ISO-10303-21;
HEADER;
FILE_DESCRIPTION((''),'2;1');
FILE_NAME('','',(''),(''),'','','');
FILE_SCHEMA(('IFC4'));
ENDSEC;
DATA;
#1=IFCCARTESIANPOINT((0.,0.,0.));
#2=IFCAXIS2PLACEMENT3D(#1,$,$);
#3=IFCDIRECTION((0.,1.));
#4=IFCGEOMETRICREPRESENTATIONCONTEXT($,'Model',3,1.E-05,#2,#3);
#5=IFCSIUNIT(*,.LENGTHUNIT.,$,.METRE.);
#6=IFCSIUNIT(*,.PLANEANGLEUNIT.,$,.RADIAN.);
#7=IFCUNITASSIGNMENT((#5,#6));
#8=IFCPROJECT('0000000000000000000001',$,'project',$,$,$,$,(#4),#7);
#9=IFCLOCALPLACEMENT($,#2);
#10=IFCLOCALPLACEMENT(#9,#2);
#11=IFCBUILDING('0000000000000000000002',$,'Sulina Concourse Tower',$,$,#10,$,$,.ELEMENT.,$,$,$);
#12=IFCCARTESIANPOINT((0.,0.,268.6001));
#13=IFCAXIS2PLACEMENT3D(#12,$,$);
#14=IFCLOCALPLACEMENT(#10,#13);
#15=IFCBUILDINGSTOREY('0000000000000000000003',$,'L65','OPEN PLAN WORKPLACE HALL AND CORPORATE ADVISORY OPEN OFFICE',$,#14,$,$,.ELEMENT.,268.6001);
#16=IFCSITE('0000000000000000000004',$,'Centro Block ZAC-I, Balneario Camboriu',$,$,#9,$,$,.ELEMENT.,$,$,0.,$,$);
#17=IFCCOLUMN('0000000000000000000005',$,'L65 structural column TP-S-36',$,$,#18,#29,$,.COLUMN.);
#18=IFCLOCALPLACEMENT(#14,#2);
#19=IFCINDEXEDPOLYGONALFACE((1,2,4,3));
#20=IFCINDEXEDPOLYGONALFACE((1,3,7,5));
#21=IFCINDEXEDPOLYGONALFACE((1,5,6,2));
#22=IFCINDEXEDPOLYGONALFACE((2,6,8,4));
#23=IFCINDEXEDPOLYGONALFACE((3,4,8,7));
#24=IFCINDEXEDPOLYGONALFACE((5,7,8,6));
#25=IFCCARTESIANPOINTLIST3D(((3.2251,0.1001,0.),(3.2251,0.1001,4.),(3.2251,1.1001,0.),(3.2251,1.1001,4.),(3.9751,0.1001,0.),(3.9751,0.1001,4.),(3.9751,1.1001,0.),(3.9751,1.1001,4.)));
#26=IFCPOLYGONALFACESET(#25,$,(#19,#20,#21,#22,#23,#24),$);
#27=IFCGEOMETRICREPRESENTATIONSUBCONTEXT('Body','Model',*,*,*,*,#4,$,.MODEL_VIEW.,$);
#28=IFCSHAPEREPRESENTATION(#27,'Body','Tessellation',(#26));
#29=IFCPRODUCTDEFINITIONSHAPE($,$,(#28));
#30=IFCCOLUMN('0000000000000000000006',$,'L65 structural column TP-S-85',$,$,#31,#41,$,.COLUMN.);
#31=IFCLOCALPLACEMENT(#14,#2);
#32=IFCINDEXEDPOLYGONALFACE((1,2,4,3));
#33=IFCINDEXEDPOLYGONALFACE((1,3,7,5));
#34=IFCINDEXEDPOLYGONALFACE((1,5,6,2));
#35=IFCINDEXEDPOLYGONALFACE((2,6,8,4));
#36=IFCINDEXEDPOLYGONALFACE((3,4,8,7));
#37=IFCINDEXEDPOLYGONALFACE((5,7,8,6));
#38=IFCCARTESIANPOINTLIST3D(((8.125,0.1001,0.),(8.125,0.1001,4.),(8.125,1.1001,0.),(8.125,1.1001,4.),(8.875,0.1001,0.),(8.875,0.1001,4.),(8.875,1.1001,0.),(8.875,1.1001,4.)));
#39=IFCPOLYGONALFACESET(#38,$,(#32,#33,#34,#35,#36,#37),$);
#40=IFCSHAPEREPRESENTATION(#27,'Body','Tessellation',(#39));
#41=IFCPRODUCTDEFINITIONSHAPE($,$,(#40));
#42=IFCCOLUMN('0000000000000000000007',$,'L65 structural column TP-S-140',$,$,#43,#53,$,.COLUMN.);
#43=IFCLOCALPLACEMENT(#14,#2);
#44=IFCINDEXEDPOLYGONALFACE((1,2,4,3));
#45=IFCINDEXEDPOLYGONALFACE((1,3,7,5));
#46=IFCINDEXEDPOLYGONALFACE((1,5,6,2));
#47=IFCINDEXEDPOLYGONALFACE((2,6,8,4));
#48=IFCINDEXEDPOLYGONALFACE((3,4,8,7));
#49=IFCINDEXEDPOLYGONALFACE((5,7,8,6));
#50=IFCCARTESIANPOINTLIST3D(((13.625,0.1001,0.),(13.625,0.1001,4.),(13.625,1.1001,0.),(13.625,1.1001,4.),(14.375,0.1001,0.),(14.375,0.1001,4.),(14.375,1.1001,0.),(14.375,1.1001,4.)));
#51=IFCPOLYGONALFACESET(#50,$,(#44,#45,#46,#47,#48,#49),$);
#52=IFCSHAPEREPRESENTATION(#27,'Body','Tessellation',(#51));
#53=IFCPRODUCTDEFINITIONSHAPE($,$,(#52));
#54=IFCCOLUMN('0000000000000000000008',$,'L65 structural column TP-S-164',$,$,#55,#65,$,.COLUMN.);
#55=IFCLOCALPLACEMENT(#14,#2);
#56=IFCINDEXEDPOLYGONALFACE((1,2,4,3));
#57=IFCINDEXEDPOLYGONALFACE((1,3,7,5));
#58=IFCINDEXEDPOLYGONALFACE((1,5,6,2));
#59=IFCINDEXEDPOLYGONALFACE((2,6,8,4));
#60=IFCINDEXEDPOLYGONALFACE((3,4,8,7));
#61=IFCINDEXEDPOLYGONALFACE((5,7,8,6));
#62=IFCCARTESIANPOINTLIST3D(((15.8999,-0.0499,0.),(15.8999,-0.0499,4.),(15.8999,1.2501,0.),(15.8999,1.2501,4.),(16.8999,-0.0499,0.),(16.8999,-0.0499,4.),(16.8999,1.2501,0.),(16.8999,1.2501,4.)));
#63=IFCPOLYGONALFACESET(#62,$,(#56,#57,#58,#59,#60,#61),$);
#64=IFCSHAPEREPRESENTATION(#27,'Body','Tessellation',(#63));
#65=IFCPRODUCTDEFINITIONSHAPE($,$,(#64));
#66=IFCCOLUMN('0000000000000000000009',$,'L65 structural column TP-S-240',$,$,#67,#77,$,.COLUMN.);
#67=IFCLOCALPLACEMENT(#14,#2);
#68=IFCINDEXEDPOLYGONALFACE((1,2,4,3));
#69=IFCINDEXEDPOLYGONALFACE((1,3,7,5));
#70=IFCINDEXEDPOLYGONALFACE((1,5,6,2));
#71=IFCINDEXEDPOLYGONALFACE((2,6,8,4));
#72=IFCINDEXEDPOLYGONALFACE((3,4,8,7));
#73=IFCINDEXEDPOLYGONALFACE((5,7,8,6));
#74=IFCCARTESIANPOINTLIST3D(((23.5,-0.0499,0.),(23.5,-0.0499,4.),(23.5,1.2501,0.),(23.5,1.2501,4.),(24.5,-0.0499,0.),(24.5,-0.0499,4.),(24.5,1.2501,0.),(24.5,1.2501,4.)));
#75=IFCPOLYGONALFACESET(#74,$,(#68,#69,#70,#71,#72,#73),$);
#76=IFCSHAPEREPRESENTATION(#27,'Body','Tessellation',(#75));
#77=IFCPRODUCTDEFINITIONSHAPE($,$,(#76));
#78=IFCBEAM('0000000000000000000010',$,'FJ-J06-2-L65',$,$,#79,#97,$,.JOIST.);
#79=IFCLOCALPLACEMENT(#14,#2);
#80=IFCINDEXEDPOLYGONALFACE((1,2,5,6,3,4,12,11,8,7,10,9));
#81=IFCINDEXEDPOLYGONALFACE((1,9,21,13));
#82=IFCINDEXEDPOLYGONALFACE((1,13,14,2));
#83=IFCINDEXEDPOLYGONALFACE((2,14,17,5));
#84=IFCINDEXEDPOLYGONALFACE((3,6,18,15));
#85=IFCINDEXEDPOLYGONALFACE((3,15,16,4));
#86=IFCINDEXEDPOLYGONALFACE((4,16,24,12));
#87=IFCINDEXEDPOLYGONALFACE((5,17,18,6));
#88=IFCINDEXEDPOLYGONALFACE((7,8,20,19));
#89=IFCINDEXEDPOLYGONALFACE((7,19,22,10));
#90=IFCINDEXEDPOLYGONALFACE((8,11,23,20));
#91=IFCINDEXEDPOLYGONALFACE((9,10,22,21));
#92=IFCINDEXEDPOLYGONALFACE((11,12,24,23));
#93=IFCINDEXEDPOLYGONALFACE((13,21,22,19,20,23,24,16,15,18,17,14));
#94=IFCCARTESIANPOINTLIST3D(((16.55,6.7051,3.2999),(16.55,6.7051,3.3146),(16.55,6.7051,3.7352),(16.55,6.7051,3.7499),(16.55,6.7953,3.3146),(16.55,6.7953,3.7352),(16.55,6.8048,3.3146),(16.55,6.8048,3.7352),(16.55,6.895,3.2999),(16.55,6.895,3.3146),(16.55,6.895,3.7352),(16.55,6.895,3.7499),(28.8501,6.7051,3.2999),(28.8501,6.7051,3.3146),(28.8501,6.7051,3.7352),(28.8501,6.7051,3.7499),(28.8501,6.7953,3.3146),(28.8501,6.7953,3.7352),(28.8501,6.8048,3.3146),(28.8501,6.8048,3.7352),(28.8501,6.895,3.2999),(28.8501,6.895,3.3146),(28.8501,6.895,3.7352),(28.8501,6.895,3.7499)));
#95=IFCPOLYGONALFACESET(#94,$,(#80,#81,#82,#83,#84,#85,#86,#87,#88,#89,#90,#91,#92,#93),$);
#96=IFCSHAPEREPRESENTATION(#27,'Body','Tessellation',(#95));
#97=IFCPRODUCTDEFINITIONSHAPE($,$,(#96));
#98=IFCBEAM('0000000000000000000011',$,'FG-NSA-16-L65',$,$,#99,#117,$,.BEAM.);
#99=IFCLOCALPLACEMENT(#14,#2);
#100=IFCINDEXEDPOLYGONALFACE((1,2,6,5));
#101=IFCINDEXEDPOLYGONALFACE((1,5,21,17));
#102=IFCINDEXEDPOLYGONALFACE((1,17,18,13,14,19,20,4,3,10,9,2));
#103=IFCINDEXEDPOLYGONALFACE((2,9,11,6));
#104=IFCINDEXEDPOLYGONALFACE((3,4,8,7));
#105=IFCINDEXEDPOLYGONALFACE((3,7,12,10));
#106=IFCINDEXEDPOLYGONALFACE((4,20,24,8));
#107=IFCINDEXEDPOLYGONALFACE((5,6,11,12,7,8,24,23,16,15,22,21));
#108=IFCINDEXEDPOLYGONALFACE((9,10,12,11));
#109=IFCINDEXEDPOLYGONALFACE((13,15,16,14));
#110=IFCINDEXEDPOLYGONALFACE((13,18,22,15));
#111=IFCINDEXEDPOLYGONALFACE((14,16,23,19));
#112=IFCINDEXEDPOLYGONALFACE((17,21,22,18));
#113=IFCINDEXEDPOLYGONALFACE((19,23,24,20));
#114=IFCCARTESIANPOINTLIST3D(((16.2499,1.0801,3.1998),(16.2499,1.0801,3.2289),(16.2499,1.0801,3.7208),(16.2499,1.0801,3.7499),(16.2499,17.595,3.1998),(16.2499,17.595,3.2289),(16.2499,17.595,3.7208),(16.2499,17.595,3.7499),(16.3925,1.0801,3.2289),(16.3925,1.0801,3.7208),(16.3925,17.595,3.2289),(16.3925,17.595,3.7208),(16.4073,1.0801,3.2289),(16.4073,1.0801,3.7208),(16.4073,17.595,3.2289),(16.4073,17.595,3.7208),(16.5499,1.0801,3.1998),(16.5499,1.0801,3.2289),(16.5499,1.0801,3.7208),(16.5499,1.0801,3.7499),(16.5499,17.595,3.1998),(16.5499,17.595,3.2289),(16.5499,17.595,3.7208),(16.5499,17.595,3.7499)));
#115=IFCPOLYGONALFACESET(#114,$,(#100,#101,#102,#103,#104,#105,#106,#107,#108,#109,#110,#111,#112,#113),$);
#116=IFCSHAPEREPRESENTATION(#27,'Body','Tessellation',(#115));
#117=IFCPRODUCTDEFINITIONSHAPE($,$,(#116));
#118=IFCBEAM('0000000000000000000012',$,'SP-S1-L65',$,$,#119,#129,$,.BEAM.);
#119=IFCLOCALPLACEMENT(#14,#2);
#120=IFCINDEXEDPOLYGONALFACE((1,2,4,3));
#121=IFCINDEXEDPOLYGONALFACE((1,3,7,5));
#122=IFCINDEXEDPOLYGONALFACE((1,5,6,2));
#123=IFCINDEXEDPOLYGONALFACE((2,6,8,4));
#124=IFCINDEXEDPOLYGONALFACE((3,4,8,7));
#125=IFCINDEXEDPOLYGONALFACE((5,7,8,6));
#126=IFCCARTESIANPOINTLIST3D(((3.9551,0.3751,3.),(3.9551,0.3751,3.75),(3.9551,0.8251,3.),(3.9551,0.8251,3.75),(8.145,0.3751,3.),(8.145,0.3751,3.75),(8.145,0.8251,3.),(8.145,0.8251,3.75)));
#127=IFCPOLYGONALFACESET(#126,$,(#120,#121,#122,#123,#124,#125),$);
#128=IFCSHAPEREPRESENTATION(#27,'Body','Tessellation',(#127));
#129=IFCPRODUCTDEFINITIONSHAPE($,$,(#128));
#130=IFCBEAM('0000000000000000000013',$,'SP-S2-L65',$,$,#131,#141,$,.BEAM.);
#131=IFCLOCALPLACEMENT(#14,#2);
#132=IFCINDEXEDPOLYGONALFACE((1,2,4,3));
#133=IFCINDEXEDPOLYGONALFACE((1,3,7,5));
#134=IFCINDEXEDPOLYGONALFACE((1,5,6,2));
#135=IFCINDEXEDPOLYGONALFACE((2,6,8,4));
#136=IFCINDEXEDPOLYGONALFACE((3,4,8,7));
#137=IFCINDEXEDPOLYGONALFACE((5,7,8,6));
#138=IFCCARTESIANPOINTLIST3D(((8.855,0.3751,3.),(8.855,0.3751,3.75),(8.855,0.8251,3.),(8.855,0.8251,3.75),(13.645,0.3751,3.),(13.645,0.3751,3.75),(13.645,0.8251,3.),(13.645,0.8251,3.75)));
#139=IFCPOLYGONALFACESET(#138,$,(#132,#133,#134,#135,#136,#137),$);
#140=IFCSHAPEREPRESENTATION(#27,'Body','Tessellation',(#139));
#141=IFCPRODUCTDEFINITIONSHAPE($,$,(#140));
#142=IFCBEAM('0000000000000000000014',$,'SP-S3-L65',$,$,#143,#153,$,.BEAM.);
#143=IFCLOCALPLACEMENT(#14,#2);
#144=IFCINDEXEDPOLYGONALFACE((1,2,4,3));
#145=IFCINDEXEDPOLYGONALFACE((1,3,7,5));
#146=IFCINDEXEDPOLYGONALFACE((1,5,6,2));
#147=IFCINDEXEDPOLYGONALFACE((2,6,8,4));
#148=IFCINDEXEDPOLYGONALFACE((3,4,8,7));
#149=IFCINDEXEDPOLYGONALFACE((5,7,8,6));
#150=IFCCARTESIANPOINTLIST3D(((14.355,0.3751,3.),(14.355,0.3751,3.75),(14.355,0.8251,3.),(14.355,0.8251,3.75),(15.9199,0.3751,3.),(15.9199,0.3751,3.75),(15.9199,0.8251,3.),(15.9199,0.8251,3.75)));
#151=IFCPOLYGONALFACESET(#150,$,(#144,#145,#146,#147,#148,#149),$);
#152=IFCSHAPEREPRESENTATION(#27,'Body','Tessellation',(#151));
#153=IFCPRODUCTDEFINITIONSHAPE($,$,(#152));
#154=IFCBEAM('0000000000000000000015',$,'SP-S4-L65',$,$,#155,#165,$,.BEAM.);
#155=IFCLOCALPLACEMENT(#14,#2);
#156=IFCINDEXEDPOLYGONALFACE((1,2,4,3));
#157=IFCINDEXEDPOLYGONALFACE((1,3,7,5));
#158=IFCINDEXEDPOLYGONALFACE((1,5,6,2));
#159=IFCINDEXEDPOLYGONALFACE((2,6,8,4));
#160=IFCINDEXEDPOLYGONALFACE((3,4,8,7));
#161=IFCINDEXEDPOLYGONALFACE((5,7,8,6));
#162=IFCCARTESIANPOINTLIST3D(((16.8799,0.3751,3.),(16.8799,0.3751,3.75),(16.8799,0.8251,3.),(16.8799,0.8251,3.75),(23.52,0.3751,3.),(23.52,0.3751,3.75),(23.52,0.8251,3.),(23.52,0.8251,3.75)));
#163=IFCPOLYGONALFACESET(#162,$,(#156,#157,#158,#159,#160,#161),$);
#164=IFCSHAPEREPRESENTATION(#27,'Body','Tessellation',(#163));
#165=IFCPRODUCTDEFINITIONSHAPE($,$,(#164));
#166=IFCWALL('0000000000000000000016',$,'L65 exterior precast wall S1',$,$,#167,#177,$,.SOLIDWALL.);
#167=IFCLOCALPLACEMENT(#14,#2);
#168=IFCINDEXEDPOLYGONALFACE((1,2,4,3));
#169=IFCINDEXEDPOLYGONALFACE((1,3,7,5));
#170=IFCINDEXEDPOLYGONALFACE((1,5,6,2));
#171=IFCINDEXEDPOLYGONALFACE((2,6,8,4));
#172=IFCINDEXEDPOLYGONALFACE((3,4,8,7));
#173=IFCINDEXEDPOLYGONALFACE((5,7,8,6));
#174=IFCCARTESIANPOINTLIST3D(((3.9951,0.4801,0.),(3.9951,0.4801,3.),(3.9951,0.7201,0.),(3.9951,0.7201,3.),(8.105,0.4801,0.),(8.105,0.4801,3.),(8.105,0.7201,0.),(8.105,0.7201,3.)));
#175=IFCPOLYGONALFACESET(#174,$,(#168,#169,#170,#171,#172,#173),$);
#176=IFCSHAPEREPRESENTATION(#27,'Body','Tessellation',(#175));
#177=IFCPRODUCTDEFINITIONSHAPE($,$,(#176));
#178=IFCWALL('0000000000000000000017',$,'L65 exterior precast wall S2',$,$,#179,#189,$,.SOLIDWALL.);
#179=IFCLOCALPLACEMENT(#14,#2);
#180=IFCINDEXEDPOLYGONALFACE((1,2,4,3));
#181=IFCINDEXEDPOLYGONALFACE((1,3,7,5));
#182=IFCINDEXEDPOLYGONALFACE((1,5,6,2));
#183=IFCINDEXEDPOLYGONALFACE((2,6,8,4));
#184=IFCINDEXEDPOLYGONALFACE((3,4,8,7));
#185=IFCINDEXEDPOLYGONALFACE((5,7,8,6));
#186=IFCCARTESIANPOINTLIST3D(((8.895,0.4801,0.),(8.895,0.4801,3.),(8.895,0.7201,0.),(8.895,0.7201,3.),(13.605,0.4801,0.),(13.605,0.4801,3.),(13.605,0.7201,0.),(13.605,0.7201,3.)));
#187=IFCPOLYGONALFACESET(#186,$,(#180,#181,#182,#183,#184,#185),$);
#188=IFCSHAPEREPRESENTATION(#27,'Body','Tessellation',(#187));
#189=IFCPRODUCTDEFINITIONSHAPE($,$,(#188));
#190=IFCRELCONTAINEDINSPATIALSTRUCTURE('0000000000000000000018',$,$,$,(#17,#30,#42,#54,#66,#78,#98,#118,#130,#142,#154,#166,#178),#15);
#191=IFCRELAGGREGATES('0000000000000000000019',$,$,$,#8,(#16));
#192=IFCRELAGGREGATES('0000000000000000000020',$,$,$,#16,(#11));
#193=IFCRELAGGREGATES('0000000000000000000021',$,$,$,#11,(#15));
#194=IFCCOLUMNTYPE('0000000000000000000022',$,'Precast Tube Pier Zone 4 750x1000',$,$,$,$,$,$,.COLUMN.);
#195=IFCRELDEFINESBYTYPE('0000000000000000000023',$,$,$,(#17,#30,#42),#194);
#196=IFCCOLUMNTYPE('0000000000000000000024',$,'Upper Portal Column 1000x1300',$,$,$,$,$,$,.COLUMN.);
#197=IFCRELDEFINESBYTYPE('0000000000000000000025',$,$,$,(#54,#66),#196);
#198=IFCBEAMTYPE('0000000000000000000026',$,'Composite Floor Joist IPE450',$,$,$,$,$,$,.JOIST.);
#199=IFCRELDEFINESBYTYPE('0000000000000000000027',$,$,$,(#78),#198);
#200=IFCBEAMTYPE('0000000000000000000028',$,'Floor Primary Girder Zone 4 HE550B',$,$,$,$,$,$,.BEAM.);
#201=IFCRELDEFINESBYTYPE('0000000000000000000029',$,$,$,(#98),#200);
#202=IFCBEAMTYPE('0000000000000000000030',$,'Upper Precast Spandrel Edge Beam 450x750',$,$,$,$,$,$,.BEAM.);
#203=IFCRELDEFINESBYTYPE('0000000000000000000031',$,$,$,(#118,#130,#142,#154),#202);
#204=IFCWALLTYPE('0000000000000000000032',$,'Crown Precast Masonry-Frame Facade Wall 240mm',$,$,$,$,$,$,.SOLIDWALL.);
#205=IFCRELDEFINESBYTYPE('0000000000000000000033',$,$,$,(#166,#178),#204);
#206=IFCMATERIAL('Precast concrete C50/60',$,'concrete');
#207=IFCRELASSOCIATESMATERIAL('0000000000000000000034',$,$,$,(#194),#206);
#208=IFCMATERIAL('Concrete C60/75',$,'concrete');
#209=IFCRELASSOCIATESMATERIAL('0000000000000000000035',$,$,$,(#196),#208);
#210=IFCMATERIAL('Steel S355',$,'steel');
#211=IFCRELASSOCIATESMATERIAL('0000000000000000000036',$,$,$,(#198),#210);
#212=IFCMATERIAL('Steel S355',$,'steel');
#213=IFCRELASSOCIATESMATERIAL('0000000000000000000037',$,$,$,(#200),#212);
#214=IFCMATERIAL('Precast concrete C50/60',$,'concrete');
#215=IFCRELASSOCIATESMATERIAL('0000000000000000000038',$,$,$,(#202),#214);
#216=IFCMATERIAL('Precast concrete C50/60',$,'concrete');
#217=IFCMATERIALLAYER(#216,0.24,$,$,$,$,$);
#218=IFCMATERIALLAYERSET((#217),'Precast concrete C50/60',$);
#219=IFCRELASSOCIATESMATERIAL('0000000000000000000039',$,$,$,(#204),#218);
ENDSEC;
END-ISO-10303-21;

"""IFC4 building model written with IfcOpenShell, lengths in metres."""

from ifc_helpers import new_model, si_unit, direction, frame, frame_2d, origin, origin_2d, place, context, subcontext, project, spatial, rectangle, i_section, extrude, material, layer, layer_set, material_profile, profile_set, type_object, element, save


model = new_model("IFC4")

# Units and contexts
model_context = context("Model", 3, precision=1e-05, world=origin(), true_north=direction((0.0, 1.0)))
body_context = subcontext(model_context, "Body", "Model", "MODEL_VIEW")
ifc_project = project(units=[si_unit("LENGTHUNIT", "METRE"), si_unit("PLANEANGLEUNIT", "RADIAN")], contexts=[model_context])

# Site, building, storey
site_placement = place(None, origin())
site = spatial("IfcSite", under=ifc_project, at=site_placement, Name="Centro Block ZAC-I, Balneario Camboriu", CompositionType="ELEMENT", RefElevation=0.0)
building_placement = place(site_placement, origin())
building = spatial("IfcBuilding", under=site, at=building_placement, Name="Sulina Concourse Tower", CompositionType="ELEMENT")
storey_placement = place(building_placement, frame((0.0, 0.0, 268.6001)))
storey = spatial("IfcBuildingStorey", under=building, at=storey_placement, Name="L65", Description="OPEN PLAN WORKPLACE HALL AND CORPORATE ADVISORY OPEN OFFICE", CompositionType="ELEMENT", Elevation=268.6001)

# Columns
ifc_material_1 = material(Name="Precast concrete C50/60", Category="concrete")
ifc_material_profile_1 = material_profile(ifc_material_1, rectangle(XDim=0.75, YDim=1.0, at=origin_2d()), Name="PC 750x1000")
ifc_profile_set_1 = profile_set([ifc_material_profile_1], Name="Precast concrete C50/60")
column_type_1 = type_object("IfcColumnType", Name="Precast Tube Pier Zone 4 750x1000", PredefinedType="COLUMN", material=ifc_profile_set_1)
for number, where, z_axis, x_axis, name in (
    (1, (3.6001, 0.6001, 0.0), (0.0, 0.0, 1.0), (1.0, 0.0, 0.0), "L65 structural column TP-S-36"),
    (2, (8.5, 0.6001, 0.0), (0.0, 0.0, 1.0), (1.0, 0.0, 0.0), "L65 structural column TP-S-85"),
    (3, (14.0, 0.6001, 0.0), (0.0, 0.0, 1.0), (1.0, 0.0, 0.0), "L65 structural column TP-S-140"),
):
    element("IfcColumn", number, at=place(storey_placement, frame(where, z_axis=z_axis, x_axis=x_axis)), inside=storey, type_object=column_type_1, Name=name, PredefinedType="COLUMN", context=body_context, shape_type="SweptSolid", body=[
        extrude(rectangle(XDim=0.75, YDim=1.0, at=origin_2d()), origin(), (0.0, 0.0, 1.0), 4.0),
    ])
ifc_material_2 = material(Name="Concrete C60/75", Category="concrete")
ifc_material_profile_2 = material_profile(ifc_material_2, rectangle(XDim=1.0, YDim=1.3, at=origin_2d()), Name="RC 1000x1300")
ifc_profile_set_2 = profile_set([ifc_material_profile_2], Name="Concrete C60/75")
column_type_2 = type_object("IfcColumnType", Name="Upper Portal Column 1000x1300", PredefinedType="COLUMN", material=ifc_profile_set_2)
for number, where, z_axis, x_axis, name in (
    (4, (16.3999, 0.6001, 0.0), (0.0, 0.0, 1.0), (1.0, 0.0, 0.0), "L65 structural column TP-S-164"),
    (5, (24.0, 0.6001, 0.0), (0.0, 0.0, 1.0), (1.0, 0.0, 0.0), "L65 structural column TP-S-240"),
):
    element("IfcColumn", number, at=place(storey_placement, frame(where, z_axis=z_axis, x_axis=x_axis)), inside=storey, type_object=column_type_2, Name=name, PredefinedType="COLUMN", context=body_context, shape_type="SweptSolid", body=[
        extrude(rectangle(XDim=1.0, YDim=1.3, at=origin_2d()), origin(), (0.0, 0.0, 1.0), 4.0),
    ])

# Beams
ifc_material_3 = material(Name="Steel S355", Category="steel")
ifc_material_profile_3 = material_profile(ifc_material_3, i_section(OverallWidth=0.1899, OverallDepth=0.45, WebThickness=0.0095, FlangeThickness=0.0146, at=origin_2d()), Name="IPE 450")
ifc_profile_set_3 = profile_set([ifc_material_profile_3], Name="Steel S355")
beam_type_1 = type_object("IfcBeamType", Name="Composite Floor Joist IPE450", PredefinedType="JOIST", material=ifc_profile_set_3)
beam_1_placement = place(storey_placement, frame((16.55, 6.8, 3.5249), z_axis=(1.0, 0.0, 0.0), x_axis=(0.0, 1.0, 0.0)))
element("IfcBeam", 6, at=beam_1_placement, inside=storey, type_object=beam_type_1, Name="FJ-J06-2-L65", PredefinedType="JOIST", context=body_context, shape_type="SweptSolid", body=[
    extrude(i_section(OverallWidth=0.1899, OverallDepth=0.45, WebThickness=0.0095, FlangeThickness=0.0146, at=origin_2d()), origin(), (0.0, 0.0, 1.0), 12.3),
])
ifc_material_4 = material(Name="Steel S355", Category="steel")
ifc_material_profile_4 = material_profile(ifc_material_4, i_section(OverallWidth=0.3, OverallDepth=0.55, WebThickness=0.0149, FlangeThickness=0.0291, at=origin_2d()), Name="HE 550 B")
ifc_profile_set_4 = profile_set([ifc_material_profile_4], Name="Steel S355")
beam_type_2 = type_object("IfcBeamType", Name="Floor Primary Girder Zone 4 HE550B", PredefinedType="BEAM", material=ifc_profile_set_4)
beam_2_placement = place(storey_placement, frame((16.3999, 1.0801, 3.4749), z_axis=(0.0, 1.0, 0.0), x_axis=(-1.0, 0.0, 0.0)))
element("IfcBeam", 7, at=beam_2_placement, inside=storey, type_object=beam_type_2, Name="FG-NSA-16-L65", PredefinedType="BEAM", context=body_context, shape_type="SweptSolid", body=[
    extrude(i_section(OverallWidth=0.3, OverallDepth=0.55, WebThickness=0.0149, FlangeThickness=0.0291, at=origin_2d()), origin(), (0.0, 0.0, 1.0), 16.5149),
])
ifc_material_5 = material(Name="Precast concrete C50/60", Category="concrete")
ifc_material_profile_5 = material_profile(ifc_material_5, rectangle(XDim=0.45, YDim=0.75, at=origin_2d()), Name="RC 450x750")
ifc_profile_set_5 = profile_set([ifc_material_profile_5], Name="Precast concrete C50/60")
beam_type_3 = type_object("IfcBeamType", Name="Upper Precast Spandrel Edge Beam 450x750", PredefinedType="BEAM", material=ifc_profile_set_5)
beam_3_placement = place(storey_placement, frame((3.9551, 0.6001, 3.375), z_axis=(1.0, 0.0, 0.0), x_axis=(0.0, 1.0, 0.0)))
element("IfcBeam", 8, at=beam_3_placement, inside=storey, type_object=beam_type_3, Name="SP-S1-L65", PredefinedType="BEAM", context=body_context, shape_type="SweptSolid", body=[
    extrude(rectangle(XDim=0.45, YDim=0.75, at=origin_2d()), origin(), (0.0, 0.0, 1.0), 4.1899),
])
beam_4_placement = place(storey_placement, frame((8.855, 0.6001, 3.375), z_axis=(1.0, 0.0, 0.0), x_axis=(0.0, 1.0, 0.0)))
element("IfcBeam", 9, at=beam_4_placement, inside=storey, type_object=beam_type_3, Name="SP-S2-L65", PredefinedType="BEAM", context=body_context, shape_type="SweptSolid", body=[
    extrude(rectangle(XDim=0.45, YDim=0.75, at=origin_2d()), origin(), (0.0, 0.0, 1.0), 4.79),
])
beam_5_placement = place(storey_placement, frame((14.355, 0.6001, 3.375), z_axis=(1.0, 0.0, 0.0), x_axis=(0.0, 1.0, 0.0)))
element("IfcBeam", 10, at=beam_5_placement, inside=storey, type_object=beam_type_3, Name="SP-S3-L65", PredefinedType="BEAM", context=body_context, shape_type="SweptSolid", body=[
    extrude(rectangle(XDim=0.45, YDim=0.75, at=origin_2d()), origin(), (0.0, 0.0, 1.0), 1.5649),
])
beam_6_placement = place(storey_placement, frame((16.8799, 0.6001, 3.375), z_axis=(1.0, 0.0, 0.0), x_axis=(0.0, 1.0, 0.0)))
element("IfcBeam", 11, at=beam_6_placement, inside=storey, type_object=beam_type_3, Name="SP-S4-L65", PredefinedType="BEAM", context=body_context, shape_type="SweptSolid", body=[
    extrude(rectangle(XDim=0.45, YDim=0.75, at=origin_2d()), origin(), (0.0, 0.0, 1.0), 6.6401),
])

# Walls
ifc_material_6 = material(Name="Precast concrete C50/60", Category="concrete")
ifc_layer_1 = layer(ifc_material_6, 0.24)
ifc_layer_set_1 = layer_set([ifc_layer_1], Name="Precast concrete C50/60")
wall_type_1 = type_object("IfcWallType", Name="Crown Precast Masonry-Frame Facade Wall 240mm", PredefinedType="SOLIDWALL", material=ifc_layer_set_1)
wall_1_placement = place(storey_placement, frame((8.105, 0.6001, 0.0), z_axis=(0.0, 0.0, 1.0), x_axis=(-1.0, 0.0, 0.0)))
element("IfcWall", 12, at=wall_1_placement, inside=storey, type_object=wall_type_1, Name="L65 exterior precast wall S1", PredefinedType="SOLIDWALL", context=body_context, shape_type="SweptSolid", body=[
    extrude(rectangle(XDim=4.1099, YDim=0.24, at=frame_2d((2.0549, 0.0))), origin(), (0.0, 0.0, 1.0), 3.0),
])
wall_2_placement = place(storey_placement, frame((13.605, 0.6001, 0.0), z_axis=(0.0, 0.0, 1.0), x_axis=(-1.0, 0.0, 0.0)))
element("IfcWall", 13, at=wall_2_placement, inside=storey, type_object=wall_type_1, Name="L65 exterior precast wall S2", PredefinedType="SOLIDWALL", context=body_context, shape_type="SweptSolid", body=[
    extrude(rectangle(XDim=4.71, YDim=0.24, at=frame_2d((2.355, 0.0))), origin(), (0.0, 0.0, 1.0), 3.0),
])

save(model, "model.ifc")
